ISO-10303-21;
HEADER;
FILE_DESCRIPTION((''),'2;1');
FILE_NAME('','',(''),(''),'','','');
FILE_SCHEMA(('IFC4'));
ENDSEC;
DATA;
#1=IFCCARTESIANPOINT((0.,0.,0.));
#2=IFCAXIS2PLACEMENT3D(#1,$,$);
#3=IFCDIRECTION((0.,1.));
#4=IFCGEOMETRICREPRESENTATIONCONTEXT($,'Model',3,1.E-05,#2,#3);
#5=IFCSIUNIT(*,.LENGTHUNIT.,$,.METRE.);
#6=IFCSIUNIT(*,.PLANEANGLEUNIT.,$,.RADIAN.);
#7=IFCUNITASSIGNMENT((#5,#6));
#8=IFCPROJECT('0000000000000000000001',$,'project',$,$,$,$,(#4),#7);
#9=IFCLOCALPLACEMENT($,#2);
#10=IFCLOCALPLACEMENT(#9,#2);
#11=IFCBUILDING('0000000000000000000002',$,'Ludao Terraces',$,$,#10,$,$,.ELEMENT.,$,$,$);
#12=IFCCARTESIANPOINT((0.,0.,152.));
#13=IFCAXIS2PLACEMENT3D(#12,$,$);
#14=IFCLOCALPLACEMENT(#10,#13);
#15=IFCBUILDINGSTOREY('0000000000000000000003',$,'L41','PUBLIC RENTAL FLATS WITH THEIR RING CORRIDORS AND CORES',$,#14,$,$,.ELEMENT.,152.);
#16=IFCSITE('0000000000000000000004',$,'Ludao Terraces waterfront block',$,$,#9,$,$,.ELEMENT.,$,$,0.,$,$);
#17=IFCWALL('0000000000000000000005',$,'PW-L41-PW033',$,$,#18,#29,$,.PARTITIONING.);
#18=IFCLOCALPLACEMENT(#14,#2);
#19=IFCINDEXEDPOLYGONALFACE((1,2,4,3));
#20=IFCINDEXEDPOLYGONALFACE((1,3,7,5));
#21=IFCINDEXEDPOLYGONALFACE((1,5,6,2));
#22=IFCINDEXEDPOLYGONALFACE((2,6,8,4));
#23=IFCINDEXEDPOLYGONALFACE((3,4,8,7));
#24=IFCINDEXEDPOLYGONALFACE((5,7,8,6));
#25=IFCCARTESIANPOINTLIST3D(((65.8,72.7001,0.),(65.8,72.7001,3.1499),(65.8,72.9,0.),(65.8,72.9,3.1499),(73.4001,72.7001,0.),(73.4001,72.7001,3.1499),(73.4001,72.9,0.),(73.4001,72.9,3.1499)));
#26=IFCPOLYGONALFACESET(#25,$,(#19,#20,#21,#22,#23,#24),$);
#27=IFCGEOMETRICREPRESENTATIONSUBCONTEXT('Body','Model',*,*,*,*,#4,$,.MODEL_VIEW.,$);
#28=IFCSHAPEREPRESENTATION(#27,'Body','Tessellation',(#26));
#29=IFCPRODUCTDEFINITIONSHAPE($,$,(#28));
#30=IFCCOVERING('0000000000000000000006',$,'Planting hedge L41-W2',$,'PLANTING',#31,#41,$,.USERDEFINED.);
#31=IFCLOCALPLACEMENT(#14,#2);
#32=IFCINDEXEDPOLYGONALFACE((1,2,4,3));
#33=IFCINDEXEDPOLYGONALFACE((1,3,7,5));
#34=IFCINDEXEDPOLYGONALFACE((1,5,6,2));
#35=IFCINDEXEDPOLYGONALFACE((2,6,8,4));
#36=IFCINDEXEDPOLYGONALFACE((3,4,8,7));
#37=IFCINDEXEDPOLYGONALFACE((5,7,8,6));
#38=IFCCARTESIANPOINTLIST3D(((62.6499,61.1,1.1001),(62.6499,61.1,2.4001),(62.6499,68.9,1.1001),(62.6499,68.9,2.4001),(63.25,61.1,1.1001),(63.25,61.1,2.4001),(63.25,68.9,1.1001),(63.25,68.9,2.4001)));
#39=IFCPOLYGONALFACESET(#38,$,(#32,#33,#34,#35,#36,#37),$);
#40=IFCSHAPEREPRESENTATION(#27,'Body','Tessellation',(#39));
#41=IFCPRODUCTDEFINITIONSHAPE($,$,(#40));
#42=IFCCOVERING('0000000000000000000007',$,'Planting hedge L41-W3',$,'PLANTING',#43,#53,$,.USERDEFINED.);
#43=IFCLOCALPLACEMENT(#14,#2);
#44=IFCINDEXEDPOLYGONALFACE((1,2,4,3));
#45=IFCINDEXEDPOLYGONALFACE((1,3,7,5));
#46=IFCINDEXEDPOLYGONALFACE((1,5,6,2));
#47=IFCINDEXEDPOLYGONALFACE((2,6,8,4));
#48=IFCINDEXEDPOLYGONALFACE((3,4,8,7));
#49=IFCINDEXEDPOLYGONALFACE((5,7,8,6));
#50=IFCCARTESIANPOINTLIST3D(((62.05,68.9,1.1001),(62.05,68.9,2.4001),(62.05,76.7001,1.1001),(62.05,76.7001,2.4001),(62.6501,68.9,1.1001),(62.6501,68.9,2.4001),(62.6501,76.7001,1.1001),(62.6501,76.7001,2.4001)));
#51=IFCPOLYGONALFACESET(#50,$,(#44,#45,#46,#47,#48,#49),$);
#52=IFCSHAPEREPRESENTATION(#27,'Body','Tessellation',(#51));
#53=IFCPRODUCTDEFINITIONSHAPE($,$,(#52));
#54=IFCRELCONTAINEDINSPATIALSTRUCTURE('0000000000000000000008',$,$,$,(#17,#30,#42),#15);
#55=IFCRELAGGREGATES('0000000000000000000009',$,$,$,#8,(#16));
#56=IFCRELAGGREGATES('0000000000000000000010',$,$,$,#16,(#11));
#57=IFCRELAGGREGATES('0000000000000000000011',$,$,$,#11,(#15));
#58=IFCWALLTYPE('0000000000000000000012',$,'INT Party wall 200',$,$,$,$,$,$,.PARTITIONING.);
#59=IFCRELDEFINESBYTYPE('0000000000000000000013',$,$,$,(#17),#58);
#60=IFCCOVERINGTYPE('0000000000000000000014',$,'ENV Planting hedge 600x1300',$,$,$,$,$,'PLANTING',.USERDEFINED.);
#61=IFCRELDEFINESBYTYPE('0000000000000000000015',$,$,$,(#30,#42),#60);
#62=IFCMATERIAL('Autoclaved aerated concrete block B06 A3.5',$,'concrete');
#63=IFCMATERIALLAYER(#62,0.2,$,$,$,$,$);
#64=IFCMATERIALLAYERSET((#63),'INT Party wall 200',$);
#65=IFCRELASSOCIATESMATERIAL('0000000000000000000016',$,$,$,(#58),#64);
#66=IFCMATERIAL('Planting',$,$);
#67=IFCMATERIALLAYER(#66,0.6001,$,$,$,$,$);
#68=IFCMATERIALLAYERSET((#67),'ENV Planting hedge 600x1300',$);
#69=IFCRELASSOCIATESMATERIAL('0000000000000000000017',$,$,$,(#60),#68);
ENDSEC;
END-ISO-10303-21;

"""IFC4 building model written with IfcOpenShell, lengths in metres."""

from ifc_helpers import new_model, si_unit, direction, frame, frame_2d, origin, origin_2d, place, context, subcontext, project, spatial, rectangle, extrude, material, layer, layer_set, type_object, element, save


model = new_model("IFC4")

# Units and contexts
model_context = context("Model", 3, precision=1e-05, world=origin(), true_north=direction((0.0, 1.0)))
body_context = subcontext(model_context, "Body", "Model", "MODEL_VIEW")
ifc_project = project(units=[si_unit("LENGTHUNIT", "METRE"), si_unit("PLANEANGLEUNIT", "RADIAN")], contexts=[model_context])

# Site, building, storey
site_placement = place(None, origin())
site = spatial("IfcSite", under=ifc_project, at=site_placement, Name="Ludao Terraces waterfront block", CompositionType="ELEMENT", RefElevation=0.0)
building_placement = place(site_placement, origin())
building = spatial("IfcBuilding", under=site, at=building_placement, Name="Ludao Terraces", CompositionType="ELEMENT")
storey_placement = place(building_placement, frame((0.0, 0.0, 152.0)))
storey = spatial("IfcBuildingStorey", under=building, at=storey_placement, Name="L41", Description="PUBLIC RENTAL FLATS WITH THEIR RING CORRIDORS AND CORES", CompositionType="ELEMENT", Elevation=152.0)

# Wall
ifc_material_1 = material(Name="Autoclaved aerated concrete block B06 A3.5", Category="concrete")
ifc_layer_1 = layer(ifc_material_1, 0.2)
ifc_layer_set_1 = layer_set([ifc_layer_1], Name="INT Party wall 200")
wall_type_1 = type_object("IfcWallType", Name="INT Party wall 200", PredefinedType="PARTITIONING", material=ifc_layer_set_1)
wall_1_placement = place(storey_placement, frame((65.8, 72.8, 0.0), z_axis=(0.0, 0.0, 1.0), x_axis=(1.0, 0.0, 0.0)))
element("IfcWall", 1, at=wall_1_placement, inside=storey, type_object=wall_type_1, Name="PW-L41-PW033", PredefinedType="PARTITIONING", context=body_context, shape_type="SweptSolid", body=[
    extrude(rectangle(XDim=7.6001, YDim=0.2, at=frame_2d((3.8, 0.0))), origin(), (0.0, 0.0, 1.0), 3.1499),
])

# Coverings
ifc_material_2 = material(Name="Planting")
ifc_layer_2 = layer(ifc_material_2, 0.6001)
ifc_layer_set_2 = layer_set([ifc_layer_2], Name="ENV Planting hedge 600x1300")
covering_type = type_object("IfcCoveringType", Name="ENV Planting hedge 600x1300", ElementType="PLANTING", PredefinedType="USERDEFINED", material=ifc_layer_set_2)
for number, where, z_axis, x_axis, name in (
    (2, (62.95, 65.0, 1.1001), (0.0, 0.0, 1.0), (1.0, 0.0, 0.0), "Planting hedge L41-W2"),
    (3, (62.3501, 72.8, 1.1001), (0.0, 0.0, 1.0), (1.0, 0.0, 0.0), "Planting hedge L41-W3"),
):
    element("IfcCovering", number, at=place(storey_placement, frame(where, z_axis=z_axis, x_axis=x_axis)), inside=storey, type_object=covering_type, Name=name, ObjectType="PLANTING", PredefinedType="USERDEFINED", context=body_context, shape_type="SweptSolid", body=[
        extrude(rectangle(XDim=0.6001, YDim=7.8, at=origin_2d()), origin(), (0.0, 0.0, 1.0), 1.3),
    ])

save(model, "model.ifc")
